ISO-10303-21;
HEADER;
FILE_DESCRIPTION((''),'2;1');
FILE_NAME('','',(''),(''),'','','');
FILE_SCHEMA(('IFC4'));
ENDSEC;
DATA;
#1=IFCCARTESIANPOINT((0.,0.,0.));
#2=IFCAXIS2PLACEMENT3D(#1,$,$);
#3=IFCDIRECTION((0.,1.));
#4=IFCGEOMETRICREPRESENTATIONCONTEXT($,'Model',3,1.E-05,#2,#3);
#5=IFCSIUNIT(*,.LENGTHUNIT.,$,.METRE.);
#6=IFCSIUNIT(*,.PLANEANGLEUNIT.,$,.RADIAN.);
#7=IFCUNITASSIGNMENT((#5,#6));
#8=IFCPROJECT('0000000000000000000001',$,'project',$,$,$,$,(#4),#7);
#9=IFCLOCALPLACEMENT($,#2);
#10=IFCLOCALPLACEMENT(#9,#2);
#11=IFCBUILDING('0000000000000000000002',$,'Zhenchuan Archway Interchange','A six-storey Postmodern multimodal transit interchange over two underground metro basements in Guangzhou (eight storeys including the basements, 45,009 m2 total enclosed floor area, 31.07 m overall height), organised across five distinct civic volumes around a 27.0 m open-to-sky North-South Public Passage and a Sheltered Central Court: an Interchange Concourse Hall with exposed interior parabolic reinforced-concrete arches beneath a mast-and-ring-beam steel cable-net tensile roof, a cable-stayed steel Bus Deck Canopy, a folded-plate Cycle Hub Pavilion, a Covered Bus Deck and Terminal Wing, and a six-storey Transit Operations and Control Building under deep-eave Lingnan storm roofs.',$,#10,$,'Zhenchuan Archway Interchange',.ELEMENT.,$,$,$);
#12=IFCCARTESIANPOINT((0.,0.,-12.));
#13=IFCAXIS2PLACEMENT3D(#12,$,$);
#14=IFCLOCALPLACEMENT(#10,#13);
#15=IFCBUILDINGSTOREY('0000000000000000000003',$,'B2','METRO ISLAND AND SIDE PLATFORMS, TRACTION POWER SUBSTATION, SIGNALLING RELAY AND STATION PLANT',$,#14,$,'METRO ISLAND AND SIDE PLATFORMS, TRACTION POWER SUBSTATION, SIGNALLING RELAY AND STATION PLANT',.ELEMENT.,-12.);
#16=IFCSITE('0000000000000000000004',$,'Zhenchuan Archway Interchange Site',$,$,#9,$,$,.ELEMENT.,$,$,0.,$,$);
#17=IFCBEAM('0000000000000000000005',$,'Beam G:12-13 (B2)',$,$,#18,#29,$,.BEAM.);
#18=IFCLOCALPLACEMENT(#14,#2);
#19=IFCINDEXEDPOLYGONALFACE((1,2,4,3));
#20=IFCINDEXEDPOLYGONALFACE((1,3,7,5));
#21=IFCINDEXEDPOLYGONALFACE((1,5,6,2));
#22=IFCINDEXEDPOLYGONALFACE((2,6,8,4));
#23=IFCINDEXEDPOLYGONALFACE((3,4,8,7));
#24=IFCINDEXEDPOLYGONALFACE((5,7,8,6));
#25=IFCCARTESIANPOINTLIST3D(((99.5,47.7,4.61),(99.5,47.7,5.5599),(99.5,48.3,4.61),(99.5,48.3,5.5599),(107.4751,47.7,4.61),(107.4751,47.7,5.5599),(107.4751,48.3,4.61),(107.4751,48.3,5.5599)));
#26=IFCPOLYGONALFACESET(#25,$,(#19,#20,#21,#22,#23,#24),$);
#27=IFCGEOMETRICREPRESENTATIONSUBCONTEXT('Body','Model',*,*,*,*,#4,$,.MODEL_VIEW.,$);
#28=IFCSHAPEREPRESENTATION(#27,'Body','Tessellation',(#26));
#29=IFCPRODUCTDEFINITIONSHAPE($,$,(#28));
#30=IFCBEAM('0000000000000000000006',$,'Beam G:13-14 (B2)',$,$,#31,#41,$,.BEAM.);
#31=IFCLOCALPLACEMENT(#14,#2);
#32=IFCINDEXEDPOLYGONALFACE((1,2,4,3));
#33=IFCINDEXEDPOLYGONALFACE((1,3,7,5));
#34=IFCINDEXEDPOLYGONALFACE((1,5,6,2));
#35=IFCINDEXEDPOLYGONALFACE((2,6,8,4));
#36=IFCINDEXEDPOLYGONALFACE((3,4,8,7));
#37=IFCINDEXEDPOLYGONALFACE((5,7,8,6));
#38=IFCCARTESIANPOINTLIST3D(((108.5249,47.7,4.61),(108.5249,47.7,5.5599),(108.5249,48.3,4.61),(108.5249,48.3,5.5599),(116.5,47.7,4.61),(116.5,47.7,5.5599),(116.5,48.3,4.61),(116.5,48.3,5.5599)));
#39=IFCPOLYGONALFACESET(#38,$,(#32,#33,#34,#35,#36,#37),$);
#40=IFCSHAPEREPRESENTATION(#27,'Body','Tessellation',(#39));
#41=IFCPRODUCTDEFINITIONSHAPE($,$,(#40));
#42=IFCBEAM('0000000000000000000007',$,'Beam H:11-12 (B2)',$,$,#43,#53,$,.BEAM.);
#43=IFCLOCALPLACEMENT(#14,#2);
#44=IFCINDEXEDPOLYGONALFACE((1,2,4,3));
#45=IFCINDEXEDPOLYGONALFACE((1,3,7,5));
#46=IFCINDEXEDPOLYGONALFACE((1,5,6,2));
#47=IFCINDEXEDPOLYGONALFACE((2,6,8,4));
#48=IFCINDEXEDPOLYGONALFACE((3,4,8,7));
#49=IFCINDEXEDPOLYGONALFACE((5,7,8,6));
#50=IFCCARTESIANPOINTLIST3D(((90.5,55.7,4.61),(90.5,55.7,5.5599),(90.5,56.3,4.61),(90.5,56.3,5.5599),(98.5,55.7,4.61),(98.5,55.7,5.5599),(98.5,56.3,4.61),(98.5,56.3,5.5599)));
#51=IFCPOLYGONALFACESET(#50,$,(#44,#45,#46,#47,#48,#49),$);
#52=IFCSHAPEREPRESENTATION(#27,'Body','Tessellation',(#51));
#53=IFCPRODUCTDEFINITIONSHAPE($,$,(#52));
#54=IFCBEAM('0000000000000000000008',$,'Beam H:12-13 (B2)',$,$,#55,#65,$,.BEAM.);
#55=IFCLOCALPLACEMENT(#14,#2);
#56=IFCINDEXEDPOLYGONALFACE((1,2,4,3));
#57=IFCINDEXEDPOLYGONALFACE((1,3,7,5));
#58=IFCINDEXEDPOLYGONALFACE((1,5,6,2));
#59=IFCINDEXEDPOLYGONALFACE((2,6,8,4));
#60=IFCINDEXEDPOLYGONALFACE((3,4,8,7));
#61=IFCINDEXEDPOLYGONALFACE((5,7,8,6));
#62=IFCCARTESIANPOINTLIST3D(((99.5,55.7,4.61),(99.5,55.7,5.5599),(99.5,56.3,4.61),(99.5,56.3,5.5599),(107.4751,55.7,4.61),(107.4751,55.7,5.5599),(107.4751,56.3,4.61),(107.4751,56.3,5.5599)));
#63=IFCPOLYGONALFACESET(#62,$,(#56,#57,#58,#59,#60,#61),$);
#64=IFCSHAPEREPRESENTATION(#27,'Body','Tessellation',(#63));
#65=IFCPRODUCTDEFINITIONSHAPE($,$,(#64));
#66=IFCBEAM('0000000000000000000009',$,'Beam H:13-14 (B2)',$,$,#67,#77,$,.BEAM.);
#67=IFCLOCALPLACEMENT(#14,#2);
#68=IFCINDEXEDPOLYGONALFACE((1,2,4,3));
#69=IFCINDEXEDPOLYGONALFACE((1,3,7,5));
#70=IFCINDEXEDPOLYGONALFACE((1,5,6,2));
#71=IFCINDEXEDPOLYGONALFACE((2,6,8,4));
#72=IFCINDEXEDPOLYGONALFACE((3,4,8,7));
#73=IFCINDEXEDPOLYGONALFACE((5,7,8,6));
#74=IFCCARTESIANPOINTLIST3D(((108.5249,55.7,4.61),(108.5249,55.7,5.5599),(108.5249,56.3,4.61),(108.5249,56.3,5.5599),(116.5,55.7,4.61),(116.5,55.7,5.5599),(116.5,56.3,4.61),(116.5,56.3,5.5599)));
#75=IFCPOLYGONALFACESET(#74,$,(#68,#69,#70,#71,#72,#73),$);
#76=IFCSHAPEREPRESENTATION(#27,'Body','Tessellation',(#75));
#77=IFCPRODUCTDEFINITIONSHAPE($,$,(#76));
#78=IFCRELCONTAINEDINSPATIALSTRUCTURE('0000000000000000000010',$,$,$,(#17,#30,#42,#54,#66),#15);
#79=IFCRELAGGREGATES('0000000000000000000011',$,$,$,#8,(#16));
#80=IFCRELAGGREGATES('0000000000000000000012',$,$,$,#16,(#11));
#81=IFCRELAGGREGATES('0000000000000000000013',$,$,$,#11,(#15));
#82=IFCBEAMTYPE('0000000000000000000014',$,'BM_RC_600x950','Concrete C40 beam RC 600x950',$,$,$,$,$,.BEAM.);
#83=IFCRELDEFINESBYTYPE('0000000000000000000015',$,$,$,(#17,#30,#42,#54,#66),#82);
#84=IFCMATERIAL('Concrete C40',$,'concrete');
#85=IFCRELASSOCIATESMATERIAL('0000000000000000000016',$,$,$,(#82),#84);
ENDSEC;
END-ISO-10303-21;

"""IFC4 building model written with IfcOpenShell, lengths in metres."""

from ifc_helpers import new_model, si_unit, direction, frame, origin, origin_2d, place, context, subcontext, project, spatial, rectangle, extrude, material, material_profile, profile_set, type_object, element, save


model = new_model("IFC4")

# Units and contexts
model_context = context("Model", 3, precision=1e-05, world=origin(), true_north=direction((0.0, 1.0)))
body_context = subcontext(model_context, "Body", "Model", "MODEL_VIEW")
ifc_project = project(units=[si_unit("LENGTHUNIT", "METRE"), si_unit("PLANEANGLEUNIT", "RADIAN")], contexts=[model_context])

# Site, building, storey
site_placement = place(None, origin())
site = spatial("IfcSite", under=ifc_project, at=site_placement, Name="Zhenchuan Archway Interchange Site", CompositionType="ELEMENT", RefElevation=0.0)
building_placement = place(site_placement, origin())
building = spatial("IfcBuilding", under=site, at=building_placement, Name="Zhenchuan Archway Interchange", Description="A six-storey Postmodern multimodal transit interchange over two underground metro basements in Guangzhou (eight storeys including the basements, 45,009 m2 total enclosed floor area, 31.07 m overall height), organised across five distinct civic volumes around a 27.0 m open-to-sky North-South Public Passage and a Sheltered Central Court: an Interchange Concourse Hall with exposed interior parabolic reinforced-concrete arches beneath a mast-and-ring-beam steel cable-net tensile roof, a cable-stayed steel Bus Deck Canopy, a folded-plate Cycle Hub Pavilion, a Covered Bus Deck and Terminal Wing, and a six-storey Transit Operations and Control Building under deep-eave Lingnan storm roofs.", LongName="Zhenchuan Archway Interchange", CompositionType="ELEMENT")
storey_placement = place(building_placement, frame((0.0, 0.0, -12.0)))
storey = spatial("IfcBuildingStorey", under=building, at=storey_placement, Name="B2", Description="METRO ISLAND AND SIDE PLATFORMS, TRACTION POWER SUBSTATION, SIGNALLING RELAY AND STATION PLANT", LongName="METRO ISLAND AND SIDE PLATFORMS, TRACTION POWER SUBSTATION, SIGNALLING RELAY AND STATION PLANT", CompositionType="ELEMENT", Elevation=-12.0)

# Shared definitions
ifc_material_1 = material(Name="Concrete C40", Category="concrete")

# Beams
ifc_material_profile_1 = material_profile(ifc_material_1, rectangle(XDim=0.6001, YDim=0.95, at=origin_2d()), Name="RC 600x950")
ifc_profile_set_1 = profile_set([ifc_material_profile_1], Name="Concrete C40")
beam_type_1 = type_object("IfcBeamType", Name="BM_RC_600x950", Description="Concrete C40 beam RC 600x950", PredefinedType="BEAM", material=ifc_profile_set_1)
for number, where, z_axis, x_axis, name in (
    (1, (99.5, 48.0, 5.085), (1.0, 0.0, 0.0), (0.0, 1.0, 0.0), "Beam G:12-13 (B2)"),
    (2, (108.5249, 48.0, 5.085), (1.0, 0.0, 0.0), (0.0, 1.0, 0.0), "Beam G:13-14 (B2)"),
):
    element("IfcBeam", number, at=place(storey_placement, frame(where, z_axis=z_axis, x_axis=x_axis)), inside=storey, type_object=beam_type_1, Name=name, PredefinedType="BEAM", context=body_context, shape_type="SweptSolid", body=[
        extrude(rectangle(XDim=0.6001, YDim=0.95, at=origin_2d()), origin(), (0.0, 0.0, 1.0), 7.9751),
    ])
beam_1_placement = place(storey_placement, frame((90.5, 56.0, 5.085), z_axis=(1.0, 0.0, 0.0), x_axis=(0.0, 1.0, 0.0)))
element("IfcBeam", 3, at=beam_1_placement, inside=storey, type_object=beam_type_1, Name="Beam H:11-12 (B2)", PredefinedType="BEAM", context=body_context, shape_type="SweptSolid", body=[
    extrude(rectangle(XDim=0.6001, YDim=0.95, at=origin_2d()), origin(), (0.0, 0.0, 1.0), 8.0),
])
for number, where, z_axis, x_axis, name in (
    (4, (99.5, 56.0, 5.085), (1.0, 0.0, 0.0), (0.0, 1.0, 0.0), "Beam H:12-13 (B2)"),
    (5, (108.5249, 56.0, 5.085), (1.0, 0.0, 0.0), (0.0, 1.0, 0.0), "Beam H:13-14 (B2)"),
):
    element("IfcBeam", number, at=place(storey_placement, frame(where, z_axis=z_axis, x_axis=x_axis)), inside=storey, type_object=beam_type_1, Name=name, PredefinedType="BEAM", context=body_context, shape_type="SweptSolid", body=[
        extrude(rectangle(XDim=0.6001, YDim=0.95, at=origin_2d()), origin(), (0.0, 0.0, 1.0), 7.9751),
    ])

save(model, "model.ifc")
